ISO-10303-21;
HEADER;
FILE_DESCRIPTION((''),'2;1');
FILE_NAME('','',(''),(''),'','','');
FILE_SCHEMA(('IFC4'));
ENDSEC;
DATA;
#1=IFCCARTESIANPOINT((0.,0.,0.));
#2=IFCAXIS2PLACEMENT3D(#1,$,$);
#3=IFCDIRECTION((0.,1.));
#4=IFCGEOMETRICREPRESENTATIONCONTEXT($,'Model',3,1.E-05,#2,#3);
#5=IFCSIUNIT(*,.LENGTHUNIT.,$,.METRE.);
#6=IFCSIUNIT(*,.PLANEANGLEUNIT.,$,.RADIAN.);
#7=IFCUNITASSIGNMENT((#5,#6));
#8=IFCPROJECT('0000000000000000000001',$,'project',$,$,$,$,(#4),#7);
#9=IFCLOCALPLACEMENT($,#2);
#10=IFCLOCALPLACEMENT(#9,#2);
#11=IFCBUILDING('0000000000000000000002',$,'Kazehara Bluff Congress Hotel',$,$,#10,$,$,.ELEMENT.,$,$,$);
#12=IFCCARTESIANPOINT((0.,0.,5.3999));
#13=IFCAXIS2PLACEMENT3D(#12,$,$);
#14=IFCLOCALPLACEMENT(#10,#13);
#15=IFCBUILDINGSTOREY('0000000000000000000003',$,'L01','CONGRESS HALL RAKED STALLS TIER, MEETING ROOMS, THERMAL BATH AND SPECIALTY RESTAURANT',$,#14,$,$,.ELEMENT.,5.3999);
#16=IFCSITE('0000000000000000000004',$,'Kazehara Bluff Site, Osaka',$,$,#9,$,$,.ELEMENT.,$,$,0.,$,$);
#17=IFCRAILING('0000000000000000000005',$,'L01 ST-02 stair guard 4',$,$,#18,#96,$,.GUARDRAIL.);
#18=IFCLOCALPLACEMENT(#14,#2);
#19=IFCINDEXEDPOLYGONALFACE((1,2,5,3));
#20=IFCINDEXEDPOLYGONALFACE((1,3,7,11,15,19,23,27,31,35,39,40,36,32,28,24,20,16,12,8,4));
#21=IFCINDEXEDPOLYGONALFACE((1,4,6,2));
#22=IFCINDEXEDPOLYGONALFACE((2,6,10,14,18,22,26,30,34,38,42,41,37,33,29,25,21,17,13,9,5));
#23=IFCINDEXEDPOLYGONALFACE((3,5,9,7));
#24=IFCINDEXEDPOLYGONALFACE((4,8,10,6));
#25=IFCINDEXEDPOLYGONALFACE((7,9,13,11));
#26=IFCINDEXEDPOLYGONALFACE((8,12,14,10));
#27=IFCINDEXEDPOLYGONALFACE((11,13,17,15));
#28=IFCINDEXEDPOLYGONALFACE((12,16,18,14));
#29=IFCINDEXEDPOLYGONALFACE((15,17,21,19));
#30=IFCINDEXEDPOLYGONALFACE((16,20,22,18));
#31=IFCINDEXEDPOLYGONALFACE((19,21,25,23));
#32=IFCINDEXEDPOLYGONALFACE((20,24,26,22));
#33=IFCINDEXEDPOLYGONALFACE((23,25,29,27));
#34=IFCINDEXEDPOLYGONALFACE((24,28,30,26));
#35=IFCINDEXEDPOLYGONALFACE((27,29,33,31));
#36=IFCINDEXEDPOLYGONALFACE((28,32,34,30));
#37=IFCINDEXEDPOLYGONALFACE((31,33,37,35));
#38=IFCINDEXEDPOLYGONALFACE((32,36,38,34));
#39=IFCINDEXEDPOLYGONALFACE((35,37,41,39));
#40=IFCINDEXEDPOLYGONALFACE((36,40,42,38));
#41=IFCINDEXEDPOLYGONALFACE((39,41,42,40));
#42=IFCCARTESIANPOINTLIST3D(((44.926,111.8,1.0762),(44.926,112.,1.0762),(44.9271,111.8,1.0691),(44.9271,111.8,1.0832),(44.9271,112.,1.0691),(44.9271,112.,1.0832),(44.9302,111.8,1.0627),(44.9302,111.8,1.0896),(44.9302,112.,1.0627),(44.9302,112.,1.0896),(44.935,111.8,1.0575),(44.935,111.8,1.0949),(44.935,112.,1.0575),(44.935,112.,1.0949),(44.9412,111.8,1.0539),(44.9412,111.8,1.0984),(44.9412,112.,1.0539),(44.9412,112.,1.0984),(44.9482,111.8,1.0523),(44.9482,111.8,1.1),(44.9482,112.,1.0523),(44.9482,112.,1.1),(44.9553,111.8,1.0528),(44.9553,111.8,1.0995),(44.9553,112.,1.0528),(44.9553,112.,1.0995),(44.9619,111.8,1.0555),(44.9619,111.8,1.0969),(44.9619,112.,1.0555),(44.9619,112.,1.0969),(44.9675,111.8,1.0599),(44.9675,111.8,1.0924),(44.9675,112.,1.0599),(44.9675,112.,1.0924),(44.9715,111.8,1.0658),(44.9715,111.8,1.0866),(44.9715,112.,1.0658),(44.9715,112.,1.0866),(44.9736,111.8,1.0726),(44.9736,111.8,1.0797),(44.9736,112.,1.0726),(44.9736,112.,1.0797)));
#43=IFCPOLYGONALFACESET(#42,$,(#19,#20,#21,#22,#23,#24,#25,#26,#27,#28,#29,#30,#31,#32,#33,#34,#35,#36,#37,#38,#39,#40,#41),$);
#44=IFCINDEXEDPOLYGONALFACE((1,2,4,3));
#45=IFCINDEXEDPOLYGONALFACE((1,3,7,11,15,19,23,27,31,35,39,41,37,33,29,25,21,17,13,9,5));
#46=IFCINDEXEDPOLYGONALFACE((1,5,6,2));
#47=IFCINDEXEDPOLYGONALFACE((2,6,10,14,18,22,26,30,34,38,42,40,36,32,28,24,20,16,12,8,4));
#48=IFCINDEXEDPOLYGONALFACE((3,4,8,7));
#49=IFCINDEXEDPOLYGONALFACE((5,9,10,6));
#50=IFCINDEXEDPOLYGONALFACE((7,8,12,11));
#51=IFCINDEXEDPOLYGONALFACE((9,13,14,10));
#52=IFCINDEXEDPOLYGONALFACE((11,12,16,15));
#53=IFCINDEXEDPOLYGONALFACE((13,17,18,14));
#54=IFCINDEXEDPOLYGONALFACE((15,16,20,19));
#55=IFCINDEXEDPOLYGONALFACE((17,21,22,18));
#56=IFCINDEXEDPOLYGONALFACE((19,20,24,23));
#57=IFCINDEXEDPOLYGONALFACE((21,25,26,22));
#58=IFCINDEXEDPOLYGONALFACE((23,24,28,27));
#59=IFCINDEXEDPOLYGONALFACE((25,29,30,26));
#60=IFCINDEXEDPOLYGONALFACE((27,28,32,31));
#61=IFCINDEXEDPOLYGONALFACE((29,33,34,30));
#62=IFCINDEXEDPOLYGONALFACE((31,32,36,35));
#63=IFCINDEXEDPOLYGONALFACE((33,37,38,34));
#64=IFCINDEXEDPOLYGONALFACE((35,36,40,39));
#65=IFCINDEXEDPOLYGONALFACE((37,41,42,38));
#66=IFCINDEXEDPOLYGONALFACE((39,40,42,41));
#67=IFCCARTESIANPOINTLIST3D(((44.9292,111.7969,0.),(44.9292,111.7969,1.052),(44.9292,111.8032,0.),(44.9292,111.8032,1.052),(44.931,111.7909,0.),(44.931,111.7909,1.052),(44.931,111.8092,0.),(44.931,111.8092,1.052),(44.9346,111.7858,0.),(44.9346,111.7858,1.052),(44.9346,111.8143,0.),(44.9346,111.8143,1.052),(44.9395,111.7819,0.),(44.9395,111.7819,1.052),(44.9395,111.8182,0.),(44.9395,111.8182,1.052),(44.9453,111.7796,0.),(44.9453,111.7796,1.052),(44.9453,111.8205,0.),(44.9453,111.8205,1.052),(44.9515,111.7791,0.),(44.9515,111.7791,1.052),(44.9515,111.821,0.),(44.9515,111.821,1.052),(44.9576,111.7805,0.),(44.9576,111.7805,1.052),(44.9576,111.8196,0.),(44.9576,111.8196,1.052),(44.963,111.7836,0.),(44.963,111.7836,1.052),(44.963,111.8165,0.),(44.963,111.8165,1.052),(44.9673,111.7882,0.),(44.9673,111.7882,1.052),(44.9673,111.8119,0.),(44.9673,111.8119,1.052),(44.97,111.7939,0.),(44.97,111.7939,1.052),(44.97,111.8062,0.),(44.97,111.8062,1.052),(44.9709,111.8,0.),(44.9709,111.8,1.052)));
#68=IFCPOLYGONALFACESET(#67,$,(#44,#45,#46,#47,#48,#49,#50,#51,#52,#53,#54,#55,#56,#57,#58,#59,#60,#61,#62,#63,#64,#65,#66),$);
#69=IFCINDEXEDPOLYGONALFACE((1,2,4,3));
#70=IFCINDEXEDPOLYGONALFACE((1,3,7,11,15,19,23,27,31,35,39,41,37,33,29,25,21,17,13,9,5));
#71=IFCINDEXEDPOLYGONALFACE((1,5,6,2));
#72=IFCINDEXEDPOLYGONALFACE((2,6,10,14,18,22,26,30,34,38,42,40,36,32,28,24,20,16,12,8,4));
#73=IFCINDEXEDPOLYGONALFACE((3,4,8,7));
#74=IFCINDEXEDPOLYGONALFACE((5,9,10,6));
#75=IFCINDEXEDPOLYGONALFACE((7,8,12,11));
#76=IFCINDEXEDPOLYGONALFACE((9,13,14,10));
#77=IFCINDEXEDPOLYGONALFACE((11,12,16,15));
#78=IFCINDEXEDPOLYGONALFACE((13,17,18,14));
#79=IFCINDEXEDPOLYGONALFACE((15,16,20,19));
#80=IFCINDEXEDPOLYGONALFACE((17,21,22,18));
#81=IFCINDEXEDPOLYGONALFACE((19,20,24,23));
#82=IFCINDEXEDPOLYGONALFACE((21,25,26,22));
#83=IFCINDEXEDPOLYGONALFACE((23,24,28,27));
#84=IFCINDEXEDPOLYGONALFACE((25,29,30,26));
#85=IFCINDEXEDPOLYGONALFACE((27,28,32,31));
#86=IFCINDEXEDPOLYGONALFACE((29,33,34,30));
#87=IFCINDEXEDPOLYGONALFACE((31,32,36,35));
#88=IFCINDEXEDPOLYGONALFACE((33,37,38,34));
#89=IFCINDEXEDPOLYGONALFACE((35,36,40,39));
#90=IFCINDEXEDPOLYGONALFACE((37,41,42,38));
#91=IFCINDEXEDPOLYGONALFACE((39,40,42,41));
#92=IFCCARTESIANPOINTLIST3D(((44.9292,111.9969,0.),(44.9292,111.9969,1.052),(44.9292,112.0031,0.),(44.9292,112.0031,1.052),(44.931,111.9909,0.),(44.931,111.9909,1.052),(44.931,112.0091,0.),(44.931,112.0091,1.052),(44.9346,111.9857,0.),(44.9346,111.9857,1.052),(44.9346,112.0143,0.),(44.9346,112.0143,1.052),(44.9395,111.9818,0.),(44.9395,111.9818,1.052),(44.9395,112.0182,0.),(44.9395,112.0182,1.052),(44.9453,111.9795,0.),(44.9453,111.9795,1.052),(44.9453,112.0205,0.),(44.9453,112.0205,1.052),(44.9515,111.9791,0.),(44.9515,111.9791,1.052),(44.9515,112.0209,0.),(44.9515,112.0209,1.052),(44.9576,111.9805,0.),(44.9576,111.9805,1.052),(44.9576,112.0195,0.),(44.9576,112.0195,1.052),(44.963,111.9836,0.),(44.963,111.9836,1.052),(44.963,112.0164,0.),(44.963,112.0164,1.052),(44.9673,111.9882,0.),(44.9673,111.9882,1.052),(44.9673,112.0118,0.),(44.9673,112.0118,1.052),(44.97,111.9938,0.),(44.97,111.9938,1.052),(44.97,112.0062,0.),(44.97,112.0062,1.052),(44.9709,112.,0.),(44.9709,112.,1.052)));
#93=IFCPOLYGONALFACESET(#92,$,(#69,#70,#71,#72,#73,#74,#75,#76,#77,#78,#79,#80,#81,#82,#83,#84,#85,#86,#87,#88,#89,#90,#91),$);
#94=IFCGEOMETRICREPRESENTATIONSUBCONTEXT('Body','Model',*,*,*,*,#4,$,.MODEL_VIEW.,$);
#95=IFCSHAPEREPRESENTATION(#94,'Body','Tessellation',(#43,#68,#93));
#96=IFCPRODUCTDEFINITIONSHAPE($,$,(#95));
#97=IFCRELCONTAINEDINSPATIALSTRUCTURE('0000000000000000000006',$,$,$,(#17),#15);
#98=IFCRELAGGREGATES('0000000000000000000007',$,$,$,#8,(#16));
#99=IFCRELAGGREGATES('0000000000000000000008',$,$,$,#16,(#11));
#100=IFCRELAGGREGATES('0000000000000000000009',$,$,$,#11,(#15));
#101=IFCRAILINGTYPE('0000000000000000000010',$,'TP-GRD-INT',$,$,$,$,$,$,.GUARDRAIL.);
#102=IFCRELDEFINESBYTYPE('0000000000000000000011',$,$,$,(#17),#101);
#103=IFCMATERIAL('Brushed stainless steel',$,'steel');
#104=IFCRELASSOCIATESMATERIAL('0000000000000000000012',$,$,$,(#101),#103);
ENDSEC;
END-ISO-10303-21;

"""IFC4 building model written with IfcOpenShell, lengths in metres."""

from ifc_helpers import new_model, si_unit, direction, frame, origin, origin_2d, place, context, subcontext, project, spatial, circle, extrude, material, type_object, element, save


model = new_model("IFC4")

# Units and contexts
model_context = context("Model", 3, precision=1e-05, world=origin(), true_north=direction((0.0, 1.0)))
body_context = subcontext(model_context, "Body", "Model", "MODEL_VIEW")
ifc_project = project(units=[si_unit("LENGTHUNIT", "METRE"), si_unit("PLANEANGLEUNIT", "RADIAN")], contexts=[model_context])

# Site, building, storey
site_placement = place(None, origin())
site = spatial("IfcSite", under=ifc_project, at=site_placement, Name="Kazehara Bluff Site, Osaka", CompositionType="ELEMENT", RefElevation=0.0)
building_placement = place(site_placement, origin())
building = spatial("IfcBuilding", under=site, at=building_placement, Name="Kazehara Bluff Congress Hotel", CompositionType="ELEMENT")
storey_placement = place(building_placement, frame((0.0, 0.0, 5.3999)))
storey = spatial("IfcBuildingStorey", under=building, at=storey_placement, Name="L01", Description="CONGRESS HALL RAKED STALLS TIER, MEETING ROOMS, THERMAL BATH AND SPECIALTY RESTAURANT", CompositionType="ELEMENT", Elevation=5.3999)

# Railing
ifc_material_1 = material(Name="Brushed stainless steel", Category="steel")
railing_type_1 = type_object("IfcRailingType", Name="TP-GRD-INT", PredefinedType="GUARDRAIL", material=ifc_material_1)
railing_1_placement = place(storey_placement, frame((44.95, 111.8, 0.0)))
element("IfcRailing", 1, at=railing_1_placement, inside=storey, type_object=railing_type_1, Name="L01 ST-02 stair guard 4", PredefinedType="GUARDRAIL", context=body_context, shape_type="SweptSolid", body=[
    extrude(circle(Radius=0.0239, at=origin_2d()), frame((0.0, 0.0, 1.0762), z_axis=(0.0, 1.0, 0.0), x_axis=(-1.0, 0.0, 0.0)), (0.0, 0.0, 1.0), 0.2),
    extrude(circle(Radius=0.021, at=origin_2d()), origin(), (0.0, 0.0, 1.0), 1.052),
    extrude(circle(Radius=0.021, at=origin_2d()), frame((0.0, 0.2, 0.0)), (0.0, 0.0, 1.0), 1.052),
])

save(model, "model.ifc")
